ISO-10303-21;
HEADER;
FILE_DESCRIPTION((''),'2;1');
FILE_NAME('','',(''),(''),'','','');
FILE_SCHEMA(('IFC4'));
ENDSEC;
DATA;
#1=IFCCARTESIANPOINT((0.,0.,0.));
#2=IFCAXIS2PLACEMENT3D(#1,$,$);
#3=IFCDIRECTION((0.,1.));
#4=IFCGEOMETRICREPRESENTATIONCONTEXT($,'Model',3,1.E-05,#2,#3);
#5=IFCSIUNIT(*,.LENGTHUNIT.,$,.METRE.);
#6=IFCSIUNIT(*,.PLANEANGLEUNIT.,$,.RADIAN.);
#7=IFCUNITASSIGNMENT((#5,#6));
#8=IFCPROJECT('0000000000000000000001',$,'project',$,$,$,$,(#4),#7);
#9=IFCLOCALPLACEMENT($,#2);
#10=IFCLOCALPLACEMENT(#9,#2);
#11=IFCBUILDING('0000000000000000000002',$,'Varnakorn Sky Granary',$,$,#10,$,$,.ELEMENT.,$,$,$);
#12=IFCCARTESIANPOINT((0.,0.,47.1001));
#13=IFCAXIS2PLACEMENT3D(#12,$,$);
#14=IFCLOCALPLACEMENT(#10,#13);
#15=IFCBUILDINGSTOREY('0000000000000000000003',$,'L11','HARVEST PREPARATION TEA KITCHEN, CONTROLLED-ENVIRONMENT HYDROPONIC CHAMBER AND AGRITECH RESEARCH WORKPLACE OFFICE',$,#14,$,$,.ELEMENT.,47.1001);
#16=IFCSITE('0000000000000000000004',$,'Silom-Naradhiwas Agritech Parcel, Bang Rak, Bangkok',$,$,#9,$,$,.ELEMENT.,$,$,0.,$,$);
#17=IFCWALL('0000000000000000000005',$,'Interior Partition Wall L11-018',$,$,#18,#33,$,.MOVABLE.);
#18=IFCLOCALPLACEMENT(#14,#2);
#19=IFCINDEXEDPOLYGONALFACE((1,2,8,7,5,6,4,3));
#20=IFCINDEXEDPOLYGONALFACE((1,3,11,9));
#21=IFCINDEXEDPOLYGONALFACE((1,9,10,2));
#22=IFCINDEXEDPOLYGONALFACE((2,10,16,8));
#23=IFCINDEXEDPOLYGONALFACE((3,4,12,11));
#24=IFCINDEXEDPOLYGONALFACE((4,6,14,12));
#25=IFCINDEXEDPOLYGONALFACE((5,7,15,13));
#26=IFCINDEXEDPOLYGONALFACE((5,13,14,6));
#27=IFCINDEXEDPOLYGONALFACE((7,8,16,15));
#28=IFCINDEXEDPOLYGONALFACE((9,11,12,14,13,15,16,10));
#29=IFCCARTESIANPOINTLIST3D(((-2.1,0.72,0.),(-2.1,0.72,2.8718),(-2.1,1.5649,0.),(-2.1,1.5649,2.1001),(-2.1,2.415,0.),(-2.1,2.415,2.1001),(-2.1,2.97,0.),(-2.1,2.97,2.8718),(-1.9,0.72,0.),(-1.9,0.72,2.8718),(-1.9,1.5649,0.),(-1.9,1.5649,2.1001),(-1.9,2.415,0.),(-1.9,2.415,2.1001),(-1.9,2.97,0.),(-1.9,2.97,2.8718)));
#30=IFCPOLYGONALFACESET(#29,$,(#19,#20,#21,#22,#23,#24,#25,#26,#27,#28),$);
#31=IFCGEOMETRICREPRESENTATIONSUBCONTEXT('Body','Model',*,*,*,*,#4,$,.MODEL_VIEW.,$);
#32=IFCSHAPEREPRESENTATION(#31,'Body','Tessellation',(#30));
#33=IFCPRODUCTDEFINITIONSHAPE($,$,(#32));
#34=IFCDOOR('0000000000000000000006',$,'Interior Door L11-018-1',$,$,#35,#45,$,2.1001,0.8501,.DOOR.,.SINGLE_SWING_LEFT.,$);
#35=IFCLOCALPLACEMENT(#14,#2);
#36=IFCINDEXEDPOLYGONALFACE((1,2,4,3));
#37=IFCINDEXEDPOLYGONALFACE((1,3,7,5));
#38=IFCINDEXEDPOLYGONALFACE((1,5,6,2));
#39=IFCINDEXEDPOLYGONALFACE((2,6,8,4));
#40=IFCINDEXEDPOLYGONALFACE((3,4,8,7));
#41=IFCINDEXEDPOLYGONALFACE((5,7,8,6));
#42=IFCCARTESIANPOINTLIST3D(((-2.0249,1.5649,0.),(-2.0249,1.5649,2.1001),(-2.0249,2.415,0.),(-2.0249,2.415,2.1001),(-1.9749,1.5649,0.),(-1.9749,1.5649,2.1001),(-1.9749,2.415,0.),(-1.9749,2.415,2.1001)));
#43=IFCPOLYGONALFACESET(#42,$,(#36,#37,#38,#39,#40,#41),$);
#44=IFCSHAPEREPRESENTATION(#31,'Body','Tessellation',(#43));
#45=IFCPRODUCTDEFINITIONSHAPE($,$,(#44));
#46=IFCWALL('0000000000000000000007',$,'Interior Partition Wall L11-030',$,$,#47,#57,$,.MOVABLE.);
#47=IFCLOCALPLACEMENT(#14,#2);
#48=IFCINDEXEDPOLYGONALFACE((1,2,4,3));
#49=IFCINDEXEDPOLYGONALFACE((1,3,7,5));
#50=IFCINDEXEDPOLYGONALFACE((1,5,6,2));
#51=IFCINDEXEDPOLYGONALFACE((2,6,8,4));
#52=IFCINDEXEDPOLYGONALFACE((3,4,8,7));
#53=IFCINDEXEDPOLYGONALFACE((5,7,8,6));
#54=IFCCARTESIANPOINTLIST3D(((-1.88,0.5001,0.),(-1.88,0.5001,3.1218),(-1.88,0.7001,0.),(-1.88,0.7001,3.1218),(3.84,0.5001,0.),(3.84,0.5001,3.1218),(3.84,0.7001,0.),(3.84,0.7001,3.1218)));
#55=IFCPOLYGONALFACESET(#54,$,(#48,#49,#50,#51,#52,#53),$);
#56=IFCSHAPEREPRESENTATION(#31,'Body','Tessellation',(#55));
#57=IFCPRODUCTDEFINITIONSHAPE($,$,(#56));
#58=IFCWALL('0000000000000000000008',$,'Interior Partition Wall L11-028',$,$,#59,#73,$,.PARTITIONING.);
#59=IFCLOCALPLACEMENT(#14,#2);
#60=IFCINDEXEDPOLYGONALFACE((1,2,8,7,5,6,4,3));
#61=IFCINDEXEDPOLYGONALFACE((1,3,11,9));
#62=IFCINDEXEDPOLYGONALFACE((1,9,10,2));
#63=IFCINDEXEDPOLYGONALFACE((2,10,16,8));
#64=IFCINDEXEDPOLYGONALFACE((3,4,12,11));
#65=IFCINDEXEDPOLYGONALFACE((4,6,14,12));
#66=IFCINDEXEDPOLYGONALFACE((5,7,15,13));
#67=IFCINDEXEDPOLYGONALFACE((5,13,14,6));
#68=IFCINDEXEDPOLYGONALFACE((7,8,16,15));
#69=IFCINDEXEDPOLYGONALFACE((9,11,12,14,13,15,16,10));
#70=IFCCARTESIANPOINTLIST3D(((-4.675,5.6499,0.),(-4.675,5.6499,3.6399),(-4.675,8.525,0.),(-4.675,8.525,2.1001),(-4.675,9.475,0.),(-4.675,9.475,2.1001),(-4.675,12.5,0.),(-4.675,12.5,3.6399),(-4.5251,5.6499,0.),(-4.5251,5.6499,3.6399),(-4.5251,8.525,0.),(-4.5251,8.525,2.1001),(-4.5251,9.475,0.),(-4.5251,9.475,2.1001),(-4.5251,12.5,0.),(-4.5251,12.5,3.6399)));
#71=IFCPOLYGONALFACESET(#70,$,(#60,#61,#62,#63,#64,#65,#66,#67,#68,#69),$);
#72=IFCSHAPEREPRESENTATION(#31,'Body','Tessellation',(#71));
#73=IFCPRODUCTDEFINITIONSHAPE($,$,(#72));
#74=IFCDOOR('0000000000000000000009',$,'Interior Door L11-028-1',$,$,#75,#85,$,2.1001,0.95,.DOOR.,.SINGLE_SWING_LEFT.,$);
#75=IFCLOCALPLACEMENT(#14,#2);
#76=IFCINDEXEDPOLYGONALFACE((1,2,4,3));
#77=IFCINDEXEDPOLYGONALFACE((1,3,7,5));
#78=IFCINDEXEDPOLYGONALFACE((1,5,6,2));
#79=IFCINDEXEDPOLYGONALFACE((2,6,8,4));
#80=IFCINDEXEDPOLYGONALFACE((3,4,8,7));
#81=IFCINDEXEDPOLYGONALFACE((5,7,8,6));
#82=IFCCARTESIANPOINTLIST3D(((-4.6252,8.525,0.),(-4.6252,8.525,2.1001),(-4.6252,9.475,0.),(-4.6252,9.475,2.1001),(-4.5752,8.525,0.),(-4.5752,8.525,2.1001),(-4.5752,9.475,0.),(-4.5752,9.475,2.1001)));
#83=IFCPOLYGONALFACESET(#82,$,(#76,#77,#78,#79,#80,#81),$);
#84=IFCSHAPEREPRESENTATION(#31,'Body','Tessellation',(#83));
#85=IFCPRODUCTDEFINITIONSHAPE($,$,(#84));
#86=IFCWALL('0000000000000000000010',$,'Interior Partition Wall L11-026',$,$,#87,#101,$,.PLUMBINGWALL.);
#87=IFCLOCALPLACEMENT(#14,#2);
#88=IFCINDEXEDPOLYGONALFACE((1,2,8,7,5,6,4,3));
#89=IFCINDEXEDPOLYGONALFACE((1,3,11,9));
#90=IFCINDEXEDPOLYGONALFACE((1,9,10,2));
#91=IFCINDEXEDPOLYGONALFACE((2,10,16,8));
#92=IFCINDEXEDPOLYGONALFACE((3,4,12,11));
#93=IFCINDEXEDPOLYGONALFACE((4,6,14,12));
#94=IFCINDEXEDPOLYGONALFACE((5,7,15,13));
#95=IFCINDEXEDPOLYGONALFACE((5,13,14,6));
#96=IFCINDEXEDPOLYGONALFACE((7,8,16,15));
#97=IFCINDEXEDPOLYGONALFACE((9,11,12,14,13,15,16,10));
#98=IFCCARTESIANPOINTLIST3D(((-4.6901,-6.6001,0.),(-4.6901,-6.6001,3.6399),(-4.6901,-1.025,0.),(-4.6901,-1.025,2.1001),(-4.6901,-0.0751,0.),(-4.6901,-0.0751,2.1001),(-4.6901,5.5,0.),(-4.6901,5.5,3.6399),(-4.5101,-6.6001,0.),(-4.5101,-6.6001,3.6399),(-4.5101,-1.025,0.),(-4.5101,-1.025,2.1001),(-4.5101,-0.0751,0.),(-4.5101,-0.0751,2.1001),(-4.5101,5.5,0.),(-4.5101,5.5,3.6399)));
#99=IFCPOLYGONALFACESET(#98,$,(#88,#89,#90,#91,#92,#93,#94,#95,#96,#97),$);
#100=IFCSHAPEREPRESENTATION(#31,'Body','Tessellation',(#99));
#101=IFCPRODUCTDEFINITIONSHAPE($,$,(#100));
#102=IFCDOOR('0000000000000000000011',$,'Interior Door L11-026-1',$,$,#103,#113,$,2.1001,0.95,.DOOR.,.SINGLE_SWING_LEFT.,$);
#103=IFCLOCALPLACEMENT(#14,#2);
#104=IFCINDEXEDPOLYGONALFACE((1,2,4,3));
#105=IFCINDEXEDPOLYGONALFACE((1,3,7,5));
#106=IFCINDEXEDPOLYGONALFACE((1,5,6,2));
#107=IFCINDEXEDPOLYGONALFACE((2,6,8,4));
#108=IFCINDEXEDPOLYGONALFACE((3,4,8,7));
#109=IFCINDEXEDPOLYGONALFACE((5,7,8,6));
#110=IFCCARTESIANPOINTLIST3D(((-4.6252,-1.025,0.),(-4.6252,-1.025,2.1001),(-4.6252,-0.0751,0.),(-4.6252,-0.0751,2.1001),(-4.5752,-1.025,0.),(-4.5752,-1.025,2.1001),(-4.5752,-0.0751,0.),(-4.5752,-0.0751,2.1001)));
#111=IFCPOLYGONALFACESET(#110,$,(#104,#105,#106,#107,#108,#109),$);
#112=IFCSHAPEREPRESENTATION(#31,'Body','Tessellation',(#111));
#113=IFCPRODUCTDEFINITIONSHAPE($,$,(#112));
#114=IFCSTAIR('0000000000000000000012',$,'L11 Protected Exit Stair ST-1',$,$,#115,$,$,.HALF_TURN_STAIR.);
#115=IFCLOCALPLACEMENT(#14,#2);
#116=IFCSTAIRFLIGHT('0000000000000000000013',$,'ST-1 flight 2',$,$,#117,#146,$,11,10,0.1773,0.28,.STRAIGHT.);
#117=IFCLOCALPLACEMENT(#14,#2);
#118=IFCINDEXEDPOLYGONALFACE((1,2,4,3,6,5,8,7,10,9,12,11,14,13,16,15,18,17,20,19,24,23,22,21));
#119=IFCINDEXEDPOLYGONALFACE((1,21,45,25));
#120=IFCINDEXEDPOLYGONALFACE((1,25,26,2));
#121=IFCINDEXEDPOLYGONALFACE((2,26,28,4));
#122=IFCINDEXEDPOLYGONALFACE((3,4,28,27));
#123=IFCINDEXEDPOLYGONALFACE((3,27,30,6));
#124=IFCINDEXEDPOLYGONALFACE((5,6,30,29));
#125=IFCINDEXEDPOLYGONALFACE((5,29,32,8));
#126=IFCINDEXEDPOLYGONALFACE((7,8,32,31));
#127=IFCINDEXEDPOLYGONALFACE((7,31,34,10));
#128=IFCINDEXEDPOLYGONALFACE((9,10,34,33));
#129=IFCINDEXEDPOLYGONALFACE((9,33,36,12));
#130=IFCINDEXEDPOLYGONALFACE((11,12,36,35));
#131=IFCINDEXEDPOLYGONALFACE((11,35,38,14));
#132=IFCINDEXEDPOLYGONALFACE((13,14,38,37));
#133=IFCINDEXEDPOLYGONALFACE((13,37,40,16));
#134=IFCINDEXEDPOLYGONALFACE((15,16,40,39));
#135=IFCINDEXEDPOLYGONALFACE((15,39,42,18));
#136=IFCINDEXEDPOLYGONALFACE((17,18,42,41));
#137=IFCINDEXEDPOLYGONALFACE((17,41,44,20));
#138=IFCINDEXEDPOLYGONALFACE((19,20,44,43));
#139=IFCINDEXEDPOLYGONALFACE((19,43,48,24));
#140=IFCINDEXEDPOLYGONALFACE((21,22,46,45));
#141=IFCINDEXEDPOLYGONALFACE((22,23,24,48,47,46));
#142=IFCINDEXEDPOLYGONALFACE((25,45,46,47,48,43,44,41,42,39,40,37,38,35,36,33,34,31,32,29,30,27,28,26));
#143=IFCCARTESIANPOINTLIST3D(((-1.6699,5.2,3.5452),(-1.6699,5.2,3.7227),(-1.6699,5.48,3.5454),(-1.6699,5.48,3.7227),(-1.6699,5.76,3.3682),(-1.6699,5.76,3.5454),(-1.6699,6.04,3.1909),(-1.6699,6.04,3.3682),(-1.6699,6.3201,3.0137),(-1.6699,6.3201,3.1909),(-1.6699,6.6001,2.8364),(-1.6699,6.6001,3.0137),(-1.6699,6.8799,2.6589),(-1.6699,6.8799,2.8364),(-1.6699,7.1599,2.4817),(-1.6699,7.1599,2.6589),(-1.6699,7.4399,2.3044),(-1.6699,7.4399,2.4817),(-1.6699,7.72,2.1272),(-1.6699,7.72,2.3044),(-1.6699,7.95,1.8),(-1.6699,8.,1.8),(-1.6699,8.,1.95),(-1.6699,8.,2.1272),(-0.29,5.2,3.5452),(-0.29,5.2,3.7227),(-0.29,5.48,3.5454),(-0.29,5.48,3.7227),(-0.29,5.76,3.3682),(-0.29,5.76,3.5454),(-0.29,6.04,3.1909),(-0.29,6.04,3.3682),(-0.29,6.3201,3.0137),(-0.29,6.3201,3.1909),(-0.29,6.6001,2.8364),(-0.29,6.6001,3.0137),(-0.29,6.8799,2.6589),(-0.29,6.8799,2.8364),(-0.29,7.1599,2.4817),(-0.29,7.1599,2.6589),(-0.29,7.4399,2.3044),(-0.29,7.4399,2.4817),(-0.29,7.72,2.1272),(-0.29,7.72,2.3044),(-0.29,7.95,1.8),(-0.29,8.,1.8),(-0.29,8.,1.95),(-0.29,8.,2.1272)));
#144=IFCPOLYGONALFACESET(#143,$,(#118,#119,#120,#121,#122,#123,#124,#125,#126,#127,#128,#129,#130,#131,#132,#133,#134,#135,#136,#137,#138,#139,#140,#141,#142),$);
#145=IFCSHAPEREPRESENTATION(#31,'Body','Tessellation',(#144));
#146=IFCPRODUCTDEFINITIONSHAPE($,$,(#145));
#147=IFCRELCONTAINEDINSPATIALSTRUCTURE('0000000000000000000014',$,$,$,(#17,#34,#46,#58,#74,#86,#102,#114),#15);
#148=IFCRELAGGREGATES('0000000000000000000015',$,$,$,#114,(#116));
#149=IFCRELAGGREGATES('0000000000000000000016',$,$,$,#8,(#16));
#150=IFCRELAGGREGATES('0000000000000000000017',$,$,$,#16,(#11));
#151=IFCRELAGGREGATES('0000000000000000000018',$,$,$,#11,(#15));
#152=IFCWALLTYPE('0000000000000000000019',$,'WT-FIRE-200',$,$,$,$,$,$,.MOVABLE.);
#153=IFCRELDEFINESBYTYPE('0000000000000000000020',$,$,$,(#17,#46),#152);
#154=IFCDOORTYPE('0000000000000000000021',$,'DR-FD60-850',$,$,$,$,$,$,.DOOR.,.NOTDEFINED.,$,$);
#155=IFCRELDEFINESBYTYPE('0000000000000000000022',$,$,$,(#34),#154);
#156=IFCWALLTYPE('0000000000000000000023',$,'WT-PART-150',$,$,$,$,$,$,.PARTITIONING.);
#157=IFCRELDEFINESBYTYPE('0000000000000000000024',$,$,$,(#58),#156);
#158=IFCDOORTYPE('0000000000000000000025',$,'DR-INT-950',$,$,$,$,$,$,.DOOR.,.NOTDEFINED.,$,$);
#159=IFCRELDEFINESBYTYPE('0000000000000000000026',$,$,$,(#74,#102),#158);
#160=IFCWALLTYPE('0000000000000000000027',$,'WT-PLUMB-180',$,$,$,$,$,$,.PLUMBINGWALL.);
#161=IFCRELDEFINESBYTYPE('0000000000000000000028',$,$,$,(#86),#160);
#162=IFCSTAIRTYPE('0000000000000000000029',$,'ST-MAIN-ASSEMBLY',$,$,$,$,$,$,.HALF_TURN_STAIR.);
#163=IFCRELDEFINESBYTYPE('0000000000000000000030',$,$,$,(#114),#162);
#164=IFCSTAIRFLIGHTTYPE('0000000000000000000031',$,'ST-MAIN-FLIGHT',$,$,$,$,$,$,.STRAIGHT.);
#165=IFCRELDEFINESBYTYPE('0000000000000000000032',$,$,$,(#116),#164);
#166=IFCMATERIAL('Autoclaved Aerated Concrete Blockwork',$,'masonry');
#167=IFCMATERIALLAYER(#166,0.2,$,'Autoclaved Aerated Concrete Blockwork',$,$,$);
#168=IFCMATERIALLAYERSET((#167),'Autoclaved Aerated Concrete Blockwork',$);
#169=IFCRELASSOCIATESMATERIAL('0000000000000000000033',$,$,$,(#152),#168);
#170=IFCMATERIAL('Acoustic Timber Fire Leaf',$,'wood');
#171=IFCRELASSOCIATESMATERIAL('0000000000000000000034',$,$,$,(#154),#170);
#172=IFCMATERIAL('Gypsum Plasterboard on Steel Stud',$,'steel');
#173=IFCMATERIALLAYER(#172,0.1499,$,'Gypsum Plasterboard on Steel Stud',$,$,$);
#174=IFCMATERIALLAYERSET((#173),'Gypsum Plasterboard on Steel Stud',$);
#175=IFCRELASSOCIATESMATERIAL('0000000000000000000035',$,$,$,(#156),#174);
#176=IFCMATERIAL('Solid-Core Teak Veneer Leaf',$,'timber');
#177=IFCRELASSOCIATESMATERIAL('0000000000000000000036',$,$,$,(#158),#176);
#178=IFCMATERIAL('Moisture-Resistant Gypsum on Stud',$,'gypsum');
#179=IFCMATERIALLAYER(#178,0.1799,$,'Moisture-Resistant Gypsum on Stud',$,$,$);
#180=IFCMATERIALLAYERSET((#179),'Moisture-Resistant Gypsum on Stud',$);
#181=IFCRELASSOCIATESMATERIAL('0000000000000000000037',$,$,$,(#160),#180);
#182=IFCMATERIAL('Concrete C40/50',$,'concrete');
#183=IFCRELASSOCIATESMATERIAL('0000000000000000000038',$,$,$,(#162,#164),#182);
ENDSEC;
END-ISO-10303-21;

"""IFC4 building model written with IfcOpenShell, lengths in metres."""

from ifc_helpers import new_model, si_unit, direction, frame, frame_2d, origin, place, context, subcontext, project, spatial, polyline, rectangle, outline, extrude, material, layer, layer_set, type_object, element, fill, aggregate, save


model = new_model("IFC4")

# Units and contexts
model_context = context("Model", 3, precision=1e-05, world=origin(), true_north=direction((0.0, 1.0)))
body_context = subcontext(model_context, "Body", "Model", "MODEL_VIEW")
ifc_project = project(units=[si_unit("LENGTHUNIT", "METRE"), si_unit("PLANEANGLEUNIT", "RADIAN")], contexts=[model_context])

# Site, building, storey
site_placement = place(None, origin())
site = spatial("IfcSite", under=ifc_project, at=site_placement, Name="Silom-Naradhiwas Agritech Parcel, Bang Rak, Bangkok", CompositionType="ELEMENT", RefElevation=0.0)
building_placement = place(site_placement, origin())
building = spatial("IfcBuilding", under=site, at=building_placement, Name="Varnakorn Sky Granary", CompositionType="ELEMENT")
storey_placement = place(building_placement, frame((0.0, 0.0, 47.1001)))
storey = spatial("IfcBuildingStorey", under=building, at=storey_placement, Name="L11", Description="HARVEST PREPARATION TEA KITCHEN, CONTROLLED-ENVIRONMENT HYDROPONIC CHAMBER AND AGRITECH RESEARCH WORKPLACE OFFICE", CompositionType="ELEMENT", Elevation=47.1001)

# Wall, opening, door
ifc_material_1 = material(Name="Autoclaved Aerated Concrete Blockwork", Category="masonry")
ifc_layer_1 = layer(ifc_material_1, 0.2, Name="Autoclaved Aerated Concrete Blockwork")
ifc_layer_set_1 = layer_set([ifc_layer_1], Name="Autoclaved Aerated Concrete Blockwork")
wall_type_1 = type_object("IfcWallType", Name="WT-FIRE-200", PredefinedType="MOVABLE", material=ifc_layer_set_1)
wall_1_placement = place(storey_placement, frame((-2.0, 0.72, 0.0), z_axis=(0.0, 0.0, 1.0), x_axis=(0.0, 1.0, 0.0)))
wall_1 = element("IfcWall", 1, at=wall_1_placement, inside=storey, type_object=wall_type_1, Name="Interior Partition Wall L11-018", PredefinedType="MOVABLE", context=body_context, shape_type="SweptSolid", body=[
    extrude(rectangle(XDim=2.25, YDim=0.2, at=frame_2d((1.125, 0.0))), origin(), (0.0, 0.0, 1.0), 2.8718),
])
opening_1_placement = place(wall_1_placement, frame((0.845, 0.0, 0.0)))
opening_1 = element("IfcOpeningElement", 2, at=opening_1_placement, cuts=wall_1, PredefinedType="OPENING", context=body_context, shape_type="SweptSolid", body=[
    extrude(rectangle(XDim=0.8501, YDim=2.1001, at=frame_2d((0.425, 1.05))), frame((0.0, 0.1099, 0.0), z_axis=(0.0, -1.0, 0.0), x_axis=(1.0, 0.0, 0.0)), (0.0, 0.0, 1.0), 0.22),
])
ifc_material_2 = material(Name="Acoustic Timber Fire Leaf", Category="wood")
door_type_1 = type_object("IfcDoorType", Name="DR-FD60-850", OperationType="NOTDEFINED", PredefinedType="DOOR", material=ifc_material_2)
door_1_placement = place(opening_1_placement, origin())
door_1 = element("IfcDoor", 3, at=door_1_placement, inside=storey, type_object=door_type_1, Name="Interior Door L11-018-1", OperationType="SINGLE_SWING_LEFT", OverallHeight=2.1001, OverallWidth=0.8501, PredefinedType="DOOR", context=body_context, shape_type="SweptSolid", body=[
    extrude(rectangle(XDim=0.8501, YDim=2.1001, at=frame_2d((0.425, 1.05))), frame((0.0, 0.0249, 0.0), z_axis=(0.0, -1.0, 0.0), x_axis=(1.0, 0.0, 0.0)), (0.0, 0.0, 1.0), 0.05),
])
fill(opening_1, door_1)

# Wall
wall_2_placement = place(storey_placement, frame((-1.8799, 0.6001, 0.0), z_axis=(0.0, 0.0, 1.0), x_axis=(1.0, 0.0, 0.0)))
element("IfcWall", 4, at=wall_2_placement, inside=storey, type_object=wall_type_1, Name="Interior Partition Wall L11-030", PredefinedType="MOVABLE", context=body_context, shape_type="SweptSolid", body=[
    extrude(rectangle(XDim=5.72, YDim=0.2, at=frame_2d((2.8599, 0.0))), origin(), (0.0, 0.0, 1.0), 3.1218),
])

# Walls, openings, doors
ifc_material_3 = material(Name="Gypsum Plasterboard on Steel Stud", Category="steel")
ifc_layer_2 = layer(ifc_material_3, 0.1499, Name="Gypsum Plasterboard on Steel Stud")
ifc_layer_set_2 = layer_set([ifc_layer_2], Name="Gypsum Plasterboard on Steel Stud")
wall_type_2 = type_object("IfcWallType", Name="WT-PART-150", PredefinedType="PARTITIONING", material=ifc_layer_set_2)
wall_3_placement = place(storey_placement, frame((-4.6001, 12.5, 0.0), z_axis=(0.0, 0.0, 1.0), x_axis=(0.0, -1.0, 0.0)))
wall_3 = element("IfcWall", 5, at=wall_3_placement, inside=storey, type_object=wall_type_2, Name="Interior Partition Wall L11-028", PredefinedType="PARTITIONING", context=body_context, shape_type="SweptSolid", body=[
    extrude(rectangle(XDim=6.8501, YDim=0.1499, at=frame_2d((3.425, 0.0))), origin(), (0.0, 0.0, 1.0), 3.6399),
])
opening_2_placement = place(wall_3_placement, frame((3.0249, 0.0, 0.0)))
opening_2 = element("IfcOpeningElement", 6, at=opening_2_placement, cuts=wall_3, PredefinedType="OPENING", context=body_context, shape_type="SweptSolid", body=[
    extrude(rectangle(XDim=0.95, YDim=2.1001, at=frame_2d((0.4751, 1.05))), frame((0.0, 0.085, 0.0), z_axis=(0.0, -1.0, 0.0), x_axis=(1.0, 0.0, 0.0)), (0.0, 0.0, 1.0), 0.1699),
])
ifc_material_4 = material(Name="Solid-Core Teak Veneer Leaf", Category="timber")
door_type_2 = type_object("IfcDoorType", Name="DR-INT-950", OperationType="NOTDEFINED", PredefinedType="DOOR", material=ifc_material_4)
door_2_placement = place(opening_2_placement, origin())
door_2 = element("IfcDoor", 7, at=door_2_placement, inside=storey, type_object=door_type_2, Name="Interior Door L11-028-1", OperationType="SINGLE_SWING_LEFT", OverallHeight=2.1001, OverallWidth=0.95, PredefinedType="DOOR", context=body_context, shape_type="SweptSolid", body=[
    extrude(rectangle(XDim=0.95, YDim=2.1001, at=frame_2d((0.4751, 1.05))), frame((0.0, 0.0249, 0.0), z_axis=(0.0, -1.0, 0.0), x_axis=(1.0, 0.0, 0.0)), (0.0, 0.0, 1.0), 0.05),
])
fill(opening_2, door_2)
ifc_material_5 = material(Name="Moisture-Resistant Gypsum on Stud", Category="gypsum")
ifc_layer_3 = layer(ifc_material_5, 0.1799, Name="Moisture-Resistant Gypsum on Stud")
ifc_layer_set_3 = layer_set([ifc_layer_3], Name="Moisture-Resistant Gypsum on Stud")
wall_type_3 = type_object("IfcWallType", Name="WT-PLUMB-180", PredefinedType="PLUMBINGWALL", material=ifc_layer_set_3)
wall_4_placement = place(storey_placement, frame((-4.6001, 5.5, 0.0), z_axis=(0.0, 0.0, 1.0), x_axis=(0.0, -1.0, 0.0)))
wall_4 = element("IfcWall", 8, at=wall_4_placement, inside=storey, type_object=wall_type_3, Name="Interior Partition Wall L11-026", PredefinedType="PLUMBINGWALL", context=body_context, shape_type="SweptSolid", body=[
    extrude(rectangle(XDim=12.1001, YDim=0.1799, at=frame_2d((6.05, 0.0))), origin(), (0.0, 0.0, 1.0), 3.6399),
])
opening_3_placement = place(wall_4_placement, frame((5.575, 0.0, 0.0)))
opening_3 = element("IfcOpeningElement", 9, at=opening_3_placement, cuts=wall_4, PredefinedType="OPENING", context=body_context, shape_type="SweptSolid", body=[
    extrude(rectangle(XDim=0.95, YDim=2.1001, at=frame_2d((0.4751, 1.05))), frame((0.0, 0.1001, 0.0), z_axis=(0.0, -1.0, 0.0), x_axis=(1.0, 0.0, 0.0)), (0.0, 0.0, 1.0), 0.2),
])
door_3_placement = place(opening_3_placement, origin())
door_3 = element("IfcDoor", 10, at=door_3_placement, inside=storey, type_object=door_type_2, Name="Interior Door L11-026-1", OperationType="SINGLE_SWING_LEFT", OverallHeight=2.1001, OverallWidth=0.95, PredefinedType="DOOR", context=body_context, shape_type="SweptSolid", body=[
    extrude(rectangle(XDim=0.95, YDim=2.1001, at=frame_2d((0.4751, 1.05))), frame((0.0, 0.0249, 0.0), z_axis=(0.0, -1.0, 0.0), x_axis=(1.0, 0.0, 0.0)), (0.0, 0.0, 1.0), 0.05),
])
fill(opening_3, door_3)

# Stair, stair flight
ifc_material_6 = material(Name="Concrete C40/50", Category="concrete")
stair_type = type_object("IfcStairType", Name="ST-MAIN-ASSEMBLY", PredefinedType="HALF_TURN_STAIR", material=ifc_material_6)
stair_placement = place(storey_placement, origin())
stair = element("IfcStair", 11, at=stair_placement, inside=storey, type_object=stair_type, Name="L11 Protected Exit Stair ST-1", PredefinedType="HALF_TURN_STAIR")
stair_flight_type = type_object("IfcStairFlightType", Name="ST-MAIN-FLIGHT", PredefinedType="STRAIGHT", material=ifc_material_6)
stair_flight_placement = place(storey_placement, frame((-0.98, 8.0, 1.95), z_axis=(0.0, 0.0, 1.0), x_axis=(0.0, -1.0, 0.0)))
stair_flight = element("IfcStairFlight", 12, at=stair_flight_placement, type_object=stair_flight_type, Name="ST-1 flight 2", NumberOfRisers=11, NumberOfTreads=10, PredefinedType="STRAIGHT", RiserHeight=0.1773, TreadLength=0.28, context=body_context, shape_type="SweptSolid", body=[
    extrude(outline(polyline([(0.0, -0.1499), (0.0, 0.0), (0.0, 0.1772), (0.28, 0.1772), (0.28, 0.3545), (0.5601, 0.3545), (0.5601, 0.5317), (0.8401, 0.5317), (0.8401, 0.709), (1.1201, 0.709), (1.1201, 0.8865), (1.3999, 0.8865), (1.3999, 1.0637), (1.6799, 1.0637), (1.6799, 1.241), (1.96, 1.241), (1.96, 1.4182), (2.24, 1.4182), (2.24, 1.5955), (2.52, 1.5955), (2.52, 1.7727), (2.8, 1.7727), (2.8, 1.95), (2.8, 1.5952), (0.05, -0.1499), (0.0, -0.1499)])), frame((0.0, 0.6899, 0.0), z_axis=(0.0, -1.0, 0.0), x_axis=(1.0, 0.0, 0.0)), (0.0, 0.0, 1.0), 1.3799),
])
aggregate(stair, [stair_flight])

save(model, "model.ifc")
